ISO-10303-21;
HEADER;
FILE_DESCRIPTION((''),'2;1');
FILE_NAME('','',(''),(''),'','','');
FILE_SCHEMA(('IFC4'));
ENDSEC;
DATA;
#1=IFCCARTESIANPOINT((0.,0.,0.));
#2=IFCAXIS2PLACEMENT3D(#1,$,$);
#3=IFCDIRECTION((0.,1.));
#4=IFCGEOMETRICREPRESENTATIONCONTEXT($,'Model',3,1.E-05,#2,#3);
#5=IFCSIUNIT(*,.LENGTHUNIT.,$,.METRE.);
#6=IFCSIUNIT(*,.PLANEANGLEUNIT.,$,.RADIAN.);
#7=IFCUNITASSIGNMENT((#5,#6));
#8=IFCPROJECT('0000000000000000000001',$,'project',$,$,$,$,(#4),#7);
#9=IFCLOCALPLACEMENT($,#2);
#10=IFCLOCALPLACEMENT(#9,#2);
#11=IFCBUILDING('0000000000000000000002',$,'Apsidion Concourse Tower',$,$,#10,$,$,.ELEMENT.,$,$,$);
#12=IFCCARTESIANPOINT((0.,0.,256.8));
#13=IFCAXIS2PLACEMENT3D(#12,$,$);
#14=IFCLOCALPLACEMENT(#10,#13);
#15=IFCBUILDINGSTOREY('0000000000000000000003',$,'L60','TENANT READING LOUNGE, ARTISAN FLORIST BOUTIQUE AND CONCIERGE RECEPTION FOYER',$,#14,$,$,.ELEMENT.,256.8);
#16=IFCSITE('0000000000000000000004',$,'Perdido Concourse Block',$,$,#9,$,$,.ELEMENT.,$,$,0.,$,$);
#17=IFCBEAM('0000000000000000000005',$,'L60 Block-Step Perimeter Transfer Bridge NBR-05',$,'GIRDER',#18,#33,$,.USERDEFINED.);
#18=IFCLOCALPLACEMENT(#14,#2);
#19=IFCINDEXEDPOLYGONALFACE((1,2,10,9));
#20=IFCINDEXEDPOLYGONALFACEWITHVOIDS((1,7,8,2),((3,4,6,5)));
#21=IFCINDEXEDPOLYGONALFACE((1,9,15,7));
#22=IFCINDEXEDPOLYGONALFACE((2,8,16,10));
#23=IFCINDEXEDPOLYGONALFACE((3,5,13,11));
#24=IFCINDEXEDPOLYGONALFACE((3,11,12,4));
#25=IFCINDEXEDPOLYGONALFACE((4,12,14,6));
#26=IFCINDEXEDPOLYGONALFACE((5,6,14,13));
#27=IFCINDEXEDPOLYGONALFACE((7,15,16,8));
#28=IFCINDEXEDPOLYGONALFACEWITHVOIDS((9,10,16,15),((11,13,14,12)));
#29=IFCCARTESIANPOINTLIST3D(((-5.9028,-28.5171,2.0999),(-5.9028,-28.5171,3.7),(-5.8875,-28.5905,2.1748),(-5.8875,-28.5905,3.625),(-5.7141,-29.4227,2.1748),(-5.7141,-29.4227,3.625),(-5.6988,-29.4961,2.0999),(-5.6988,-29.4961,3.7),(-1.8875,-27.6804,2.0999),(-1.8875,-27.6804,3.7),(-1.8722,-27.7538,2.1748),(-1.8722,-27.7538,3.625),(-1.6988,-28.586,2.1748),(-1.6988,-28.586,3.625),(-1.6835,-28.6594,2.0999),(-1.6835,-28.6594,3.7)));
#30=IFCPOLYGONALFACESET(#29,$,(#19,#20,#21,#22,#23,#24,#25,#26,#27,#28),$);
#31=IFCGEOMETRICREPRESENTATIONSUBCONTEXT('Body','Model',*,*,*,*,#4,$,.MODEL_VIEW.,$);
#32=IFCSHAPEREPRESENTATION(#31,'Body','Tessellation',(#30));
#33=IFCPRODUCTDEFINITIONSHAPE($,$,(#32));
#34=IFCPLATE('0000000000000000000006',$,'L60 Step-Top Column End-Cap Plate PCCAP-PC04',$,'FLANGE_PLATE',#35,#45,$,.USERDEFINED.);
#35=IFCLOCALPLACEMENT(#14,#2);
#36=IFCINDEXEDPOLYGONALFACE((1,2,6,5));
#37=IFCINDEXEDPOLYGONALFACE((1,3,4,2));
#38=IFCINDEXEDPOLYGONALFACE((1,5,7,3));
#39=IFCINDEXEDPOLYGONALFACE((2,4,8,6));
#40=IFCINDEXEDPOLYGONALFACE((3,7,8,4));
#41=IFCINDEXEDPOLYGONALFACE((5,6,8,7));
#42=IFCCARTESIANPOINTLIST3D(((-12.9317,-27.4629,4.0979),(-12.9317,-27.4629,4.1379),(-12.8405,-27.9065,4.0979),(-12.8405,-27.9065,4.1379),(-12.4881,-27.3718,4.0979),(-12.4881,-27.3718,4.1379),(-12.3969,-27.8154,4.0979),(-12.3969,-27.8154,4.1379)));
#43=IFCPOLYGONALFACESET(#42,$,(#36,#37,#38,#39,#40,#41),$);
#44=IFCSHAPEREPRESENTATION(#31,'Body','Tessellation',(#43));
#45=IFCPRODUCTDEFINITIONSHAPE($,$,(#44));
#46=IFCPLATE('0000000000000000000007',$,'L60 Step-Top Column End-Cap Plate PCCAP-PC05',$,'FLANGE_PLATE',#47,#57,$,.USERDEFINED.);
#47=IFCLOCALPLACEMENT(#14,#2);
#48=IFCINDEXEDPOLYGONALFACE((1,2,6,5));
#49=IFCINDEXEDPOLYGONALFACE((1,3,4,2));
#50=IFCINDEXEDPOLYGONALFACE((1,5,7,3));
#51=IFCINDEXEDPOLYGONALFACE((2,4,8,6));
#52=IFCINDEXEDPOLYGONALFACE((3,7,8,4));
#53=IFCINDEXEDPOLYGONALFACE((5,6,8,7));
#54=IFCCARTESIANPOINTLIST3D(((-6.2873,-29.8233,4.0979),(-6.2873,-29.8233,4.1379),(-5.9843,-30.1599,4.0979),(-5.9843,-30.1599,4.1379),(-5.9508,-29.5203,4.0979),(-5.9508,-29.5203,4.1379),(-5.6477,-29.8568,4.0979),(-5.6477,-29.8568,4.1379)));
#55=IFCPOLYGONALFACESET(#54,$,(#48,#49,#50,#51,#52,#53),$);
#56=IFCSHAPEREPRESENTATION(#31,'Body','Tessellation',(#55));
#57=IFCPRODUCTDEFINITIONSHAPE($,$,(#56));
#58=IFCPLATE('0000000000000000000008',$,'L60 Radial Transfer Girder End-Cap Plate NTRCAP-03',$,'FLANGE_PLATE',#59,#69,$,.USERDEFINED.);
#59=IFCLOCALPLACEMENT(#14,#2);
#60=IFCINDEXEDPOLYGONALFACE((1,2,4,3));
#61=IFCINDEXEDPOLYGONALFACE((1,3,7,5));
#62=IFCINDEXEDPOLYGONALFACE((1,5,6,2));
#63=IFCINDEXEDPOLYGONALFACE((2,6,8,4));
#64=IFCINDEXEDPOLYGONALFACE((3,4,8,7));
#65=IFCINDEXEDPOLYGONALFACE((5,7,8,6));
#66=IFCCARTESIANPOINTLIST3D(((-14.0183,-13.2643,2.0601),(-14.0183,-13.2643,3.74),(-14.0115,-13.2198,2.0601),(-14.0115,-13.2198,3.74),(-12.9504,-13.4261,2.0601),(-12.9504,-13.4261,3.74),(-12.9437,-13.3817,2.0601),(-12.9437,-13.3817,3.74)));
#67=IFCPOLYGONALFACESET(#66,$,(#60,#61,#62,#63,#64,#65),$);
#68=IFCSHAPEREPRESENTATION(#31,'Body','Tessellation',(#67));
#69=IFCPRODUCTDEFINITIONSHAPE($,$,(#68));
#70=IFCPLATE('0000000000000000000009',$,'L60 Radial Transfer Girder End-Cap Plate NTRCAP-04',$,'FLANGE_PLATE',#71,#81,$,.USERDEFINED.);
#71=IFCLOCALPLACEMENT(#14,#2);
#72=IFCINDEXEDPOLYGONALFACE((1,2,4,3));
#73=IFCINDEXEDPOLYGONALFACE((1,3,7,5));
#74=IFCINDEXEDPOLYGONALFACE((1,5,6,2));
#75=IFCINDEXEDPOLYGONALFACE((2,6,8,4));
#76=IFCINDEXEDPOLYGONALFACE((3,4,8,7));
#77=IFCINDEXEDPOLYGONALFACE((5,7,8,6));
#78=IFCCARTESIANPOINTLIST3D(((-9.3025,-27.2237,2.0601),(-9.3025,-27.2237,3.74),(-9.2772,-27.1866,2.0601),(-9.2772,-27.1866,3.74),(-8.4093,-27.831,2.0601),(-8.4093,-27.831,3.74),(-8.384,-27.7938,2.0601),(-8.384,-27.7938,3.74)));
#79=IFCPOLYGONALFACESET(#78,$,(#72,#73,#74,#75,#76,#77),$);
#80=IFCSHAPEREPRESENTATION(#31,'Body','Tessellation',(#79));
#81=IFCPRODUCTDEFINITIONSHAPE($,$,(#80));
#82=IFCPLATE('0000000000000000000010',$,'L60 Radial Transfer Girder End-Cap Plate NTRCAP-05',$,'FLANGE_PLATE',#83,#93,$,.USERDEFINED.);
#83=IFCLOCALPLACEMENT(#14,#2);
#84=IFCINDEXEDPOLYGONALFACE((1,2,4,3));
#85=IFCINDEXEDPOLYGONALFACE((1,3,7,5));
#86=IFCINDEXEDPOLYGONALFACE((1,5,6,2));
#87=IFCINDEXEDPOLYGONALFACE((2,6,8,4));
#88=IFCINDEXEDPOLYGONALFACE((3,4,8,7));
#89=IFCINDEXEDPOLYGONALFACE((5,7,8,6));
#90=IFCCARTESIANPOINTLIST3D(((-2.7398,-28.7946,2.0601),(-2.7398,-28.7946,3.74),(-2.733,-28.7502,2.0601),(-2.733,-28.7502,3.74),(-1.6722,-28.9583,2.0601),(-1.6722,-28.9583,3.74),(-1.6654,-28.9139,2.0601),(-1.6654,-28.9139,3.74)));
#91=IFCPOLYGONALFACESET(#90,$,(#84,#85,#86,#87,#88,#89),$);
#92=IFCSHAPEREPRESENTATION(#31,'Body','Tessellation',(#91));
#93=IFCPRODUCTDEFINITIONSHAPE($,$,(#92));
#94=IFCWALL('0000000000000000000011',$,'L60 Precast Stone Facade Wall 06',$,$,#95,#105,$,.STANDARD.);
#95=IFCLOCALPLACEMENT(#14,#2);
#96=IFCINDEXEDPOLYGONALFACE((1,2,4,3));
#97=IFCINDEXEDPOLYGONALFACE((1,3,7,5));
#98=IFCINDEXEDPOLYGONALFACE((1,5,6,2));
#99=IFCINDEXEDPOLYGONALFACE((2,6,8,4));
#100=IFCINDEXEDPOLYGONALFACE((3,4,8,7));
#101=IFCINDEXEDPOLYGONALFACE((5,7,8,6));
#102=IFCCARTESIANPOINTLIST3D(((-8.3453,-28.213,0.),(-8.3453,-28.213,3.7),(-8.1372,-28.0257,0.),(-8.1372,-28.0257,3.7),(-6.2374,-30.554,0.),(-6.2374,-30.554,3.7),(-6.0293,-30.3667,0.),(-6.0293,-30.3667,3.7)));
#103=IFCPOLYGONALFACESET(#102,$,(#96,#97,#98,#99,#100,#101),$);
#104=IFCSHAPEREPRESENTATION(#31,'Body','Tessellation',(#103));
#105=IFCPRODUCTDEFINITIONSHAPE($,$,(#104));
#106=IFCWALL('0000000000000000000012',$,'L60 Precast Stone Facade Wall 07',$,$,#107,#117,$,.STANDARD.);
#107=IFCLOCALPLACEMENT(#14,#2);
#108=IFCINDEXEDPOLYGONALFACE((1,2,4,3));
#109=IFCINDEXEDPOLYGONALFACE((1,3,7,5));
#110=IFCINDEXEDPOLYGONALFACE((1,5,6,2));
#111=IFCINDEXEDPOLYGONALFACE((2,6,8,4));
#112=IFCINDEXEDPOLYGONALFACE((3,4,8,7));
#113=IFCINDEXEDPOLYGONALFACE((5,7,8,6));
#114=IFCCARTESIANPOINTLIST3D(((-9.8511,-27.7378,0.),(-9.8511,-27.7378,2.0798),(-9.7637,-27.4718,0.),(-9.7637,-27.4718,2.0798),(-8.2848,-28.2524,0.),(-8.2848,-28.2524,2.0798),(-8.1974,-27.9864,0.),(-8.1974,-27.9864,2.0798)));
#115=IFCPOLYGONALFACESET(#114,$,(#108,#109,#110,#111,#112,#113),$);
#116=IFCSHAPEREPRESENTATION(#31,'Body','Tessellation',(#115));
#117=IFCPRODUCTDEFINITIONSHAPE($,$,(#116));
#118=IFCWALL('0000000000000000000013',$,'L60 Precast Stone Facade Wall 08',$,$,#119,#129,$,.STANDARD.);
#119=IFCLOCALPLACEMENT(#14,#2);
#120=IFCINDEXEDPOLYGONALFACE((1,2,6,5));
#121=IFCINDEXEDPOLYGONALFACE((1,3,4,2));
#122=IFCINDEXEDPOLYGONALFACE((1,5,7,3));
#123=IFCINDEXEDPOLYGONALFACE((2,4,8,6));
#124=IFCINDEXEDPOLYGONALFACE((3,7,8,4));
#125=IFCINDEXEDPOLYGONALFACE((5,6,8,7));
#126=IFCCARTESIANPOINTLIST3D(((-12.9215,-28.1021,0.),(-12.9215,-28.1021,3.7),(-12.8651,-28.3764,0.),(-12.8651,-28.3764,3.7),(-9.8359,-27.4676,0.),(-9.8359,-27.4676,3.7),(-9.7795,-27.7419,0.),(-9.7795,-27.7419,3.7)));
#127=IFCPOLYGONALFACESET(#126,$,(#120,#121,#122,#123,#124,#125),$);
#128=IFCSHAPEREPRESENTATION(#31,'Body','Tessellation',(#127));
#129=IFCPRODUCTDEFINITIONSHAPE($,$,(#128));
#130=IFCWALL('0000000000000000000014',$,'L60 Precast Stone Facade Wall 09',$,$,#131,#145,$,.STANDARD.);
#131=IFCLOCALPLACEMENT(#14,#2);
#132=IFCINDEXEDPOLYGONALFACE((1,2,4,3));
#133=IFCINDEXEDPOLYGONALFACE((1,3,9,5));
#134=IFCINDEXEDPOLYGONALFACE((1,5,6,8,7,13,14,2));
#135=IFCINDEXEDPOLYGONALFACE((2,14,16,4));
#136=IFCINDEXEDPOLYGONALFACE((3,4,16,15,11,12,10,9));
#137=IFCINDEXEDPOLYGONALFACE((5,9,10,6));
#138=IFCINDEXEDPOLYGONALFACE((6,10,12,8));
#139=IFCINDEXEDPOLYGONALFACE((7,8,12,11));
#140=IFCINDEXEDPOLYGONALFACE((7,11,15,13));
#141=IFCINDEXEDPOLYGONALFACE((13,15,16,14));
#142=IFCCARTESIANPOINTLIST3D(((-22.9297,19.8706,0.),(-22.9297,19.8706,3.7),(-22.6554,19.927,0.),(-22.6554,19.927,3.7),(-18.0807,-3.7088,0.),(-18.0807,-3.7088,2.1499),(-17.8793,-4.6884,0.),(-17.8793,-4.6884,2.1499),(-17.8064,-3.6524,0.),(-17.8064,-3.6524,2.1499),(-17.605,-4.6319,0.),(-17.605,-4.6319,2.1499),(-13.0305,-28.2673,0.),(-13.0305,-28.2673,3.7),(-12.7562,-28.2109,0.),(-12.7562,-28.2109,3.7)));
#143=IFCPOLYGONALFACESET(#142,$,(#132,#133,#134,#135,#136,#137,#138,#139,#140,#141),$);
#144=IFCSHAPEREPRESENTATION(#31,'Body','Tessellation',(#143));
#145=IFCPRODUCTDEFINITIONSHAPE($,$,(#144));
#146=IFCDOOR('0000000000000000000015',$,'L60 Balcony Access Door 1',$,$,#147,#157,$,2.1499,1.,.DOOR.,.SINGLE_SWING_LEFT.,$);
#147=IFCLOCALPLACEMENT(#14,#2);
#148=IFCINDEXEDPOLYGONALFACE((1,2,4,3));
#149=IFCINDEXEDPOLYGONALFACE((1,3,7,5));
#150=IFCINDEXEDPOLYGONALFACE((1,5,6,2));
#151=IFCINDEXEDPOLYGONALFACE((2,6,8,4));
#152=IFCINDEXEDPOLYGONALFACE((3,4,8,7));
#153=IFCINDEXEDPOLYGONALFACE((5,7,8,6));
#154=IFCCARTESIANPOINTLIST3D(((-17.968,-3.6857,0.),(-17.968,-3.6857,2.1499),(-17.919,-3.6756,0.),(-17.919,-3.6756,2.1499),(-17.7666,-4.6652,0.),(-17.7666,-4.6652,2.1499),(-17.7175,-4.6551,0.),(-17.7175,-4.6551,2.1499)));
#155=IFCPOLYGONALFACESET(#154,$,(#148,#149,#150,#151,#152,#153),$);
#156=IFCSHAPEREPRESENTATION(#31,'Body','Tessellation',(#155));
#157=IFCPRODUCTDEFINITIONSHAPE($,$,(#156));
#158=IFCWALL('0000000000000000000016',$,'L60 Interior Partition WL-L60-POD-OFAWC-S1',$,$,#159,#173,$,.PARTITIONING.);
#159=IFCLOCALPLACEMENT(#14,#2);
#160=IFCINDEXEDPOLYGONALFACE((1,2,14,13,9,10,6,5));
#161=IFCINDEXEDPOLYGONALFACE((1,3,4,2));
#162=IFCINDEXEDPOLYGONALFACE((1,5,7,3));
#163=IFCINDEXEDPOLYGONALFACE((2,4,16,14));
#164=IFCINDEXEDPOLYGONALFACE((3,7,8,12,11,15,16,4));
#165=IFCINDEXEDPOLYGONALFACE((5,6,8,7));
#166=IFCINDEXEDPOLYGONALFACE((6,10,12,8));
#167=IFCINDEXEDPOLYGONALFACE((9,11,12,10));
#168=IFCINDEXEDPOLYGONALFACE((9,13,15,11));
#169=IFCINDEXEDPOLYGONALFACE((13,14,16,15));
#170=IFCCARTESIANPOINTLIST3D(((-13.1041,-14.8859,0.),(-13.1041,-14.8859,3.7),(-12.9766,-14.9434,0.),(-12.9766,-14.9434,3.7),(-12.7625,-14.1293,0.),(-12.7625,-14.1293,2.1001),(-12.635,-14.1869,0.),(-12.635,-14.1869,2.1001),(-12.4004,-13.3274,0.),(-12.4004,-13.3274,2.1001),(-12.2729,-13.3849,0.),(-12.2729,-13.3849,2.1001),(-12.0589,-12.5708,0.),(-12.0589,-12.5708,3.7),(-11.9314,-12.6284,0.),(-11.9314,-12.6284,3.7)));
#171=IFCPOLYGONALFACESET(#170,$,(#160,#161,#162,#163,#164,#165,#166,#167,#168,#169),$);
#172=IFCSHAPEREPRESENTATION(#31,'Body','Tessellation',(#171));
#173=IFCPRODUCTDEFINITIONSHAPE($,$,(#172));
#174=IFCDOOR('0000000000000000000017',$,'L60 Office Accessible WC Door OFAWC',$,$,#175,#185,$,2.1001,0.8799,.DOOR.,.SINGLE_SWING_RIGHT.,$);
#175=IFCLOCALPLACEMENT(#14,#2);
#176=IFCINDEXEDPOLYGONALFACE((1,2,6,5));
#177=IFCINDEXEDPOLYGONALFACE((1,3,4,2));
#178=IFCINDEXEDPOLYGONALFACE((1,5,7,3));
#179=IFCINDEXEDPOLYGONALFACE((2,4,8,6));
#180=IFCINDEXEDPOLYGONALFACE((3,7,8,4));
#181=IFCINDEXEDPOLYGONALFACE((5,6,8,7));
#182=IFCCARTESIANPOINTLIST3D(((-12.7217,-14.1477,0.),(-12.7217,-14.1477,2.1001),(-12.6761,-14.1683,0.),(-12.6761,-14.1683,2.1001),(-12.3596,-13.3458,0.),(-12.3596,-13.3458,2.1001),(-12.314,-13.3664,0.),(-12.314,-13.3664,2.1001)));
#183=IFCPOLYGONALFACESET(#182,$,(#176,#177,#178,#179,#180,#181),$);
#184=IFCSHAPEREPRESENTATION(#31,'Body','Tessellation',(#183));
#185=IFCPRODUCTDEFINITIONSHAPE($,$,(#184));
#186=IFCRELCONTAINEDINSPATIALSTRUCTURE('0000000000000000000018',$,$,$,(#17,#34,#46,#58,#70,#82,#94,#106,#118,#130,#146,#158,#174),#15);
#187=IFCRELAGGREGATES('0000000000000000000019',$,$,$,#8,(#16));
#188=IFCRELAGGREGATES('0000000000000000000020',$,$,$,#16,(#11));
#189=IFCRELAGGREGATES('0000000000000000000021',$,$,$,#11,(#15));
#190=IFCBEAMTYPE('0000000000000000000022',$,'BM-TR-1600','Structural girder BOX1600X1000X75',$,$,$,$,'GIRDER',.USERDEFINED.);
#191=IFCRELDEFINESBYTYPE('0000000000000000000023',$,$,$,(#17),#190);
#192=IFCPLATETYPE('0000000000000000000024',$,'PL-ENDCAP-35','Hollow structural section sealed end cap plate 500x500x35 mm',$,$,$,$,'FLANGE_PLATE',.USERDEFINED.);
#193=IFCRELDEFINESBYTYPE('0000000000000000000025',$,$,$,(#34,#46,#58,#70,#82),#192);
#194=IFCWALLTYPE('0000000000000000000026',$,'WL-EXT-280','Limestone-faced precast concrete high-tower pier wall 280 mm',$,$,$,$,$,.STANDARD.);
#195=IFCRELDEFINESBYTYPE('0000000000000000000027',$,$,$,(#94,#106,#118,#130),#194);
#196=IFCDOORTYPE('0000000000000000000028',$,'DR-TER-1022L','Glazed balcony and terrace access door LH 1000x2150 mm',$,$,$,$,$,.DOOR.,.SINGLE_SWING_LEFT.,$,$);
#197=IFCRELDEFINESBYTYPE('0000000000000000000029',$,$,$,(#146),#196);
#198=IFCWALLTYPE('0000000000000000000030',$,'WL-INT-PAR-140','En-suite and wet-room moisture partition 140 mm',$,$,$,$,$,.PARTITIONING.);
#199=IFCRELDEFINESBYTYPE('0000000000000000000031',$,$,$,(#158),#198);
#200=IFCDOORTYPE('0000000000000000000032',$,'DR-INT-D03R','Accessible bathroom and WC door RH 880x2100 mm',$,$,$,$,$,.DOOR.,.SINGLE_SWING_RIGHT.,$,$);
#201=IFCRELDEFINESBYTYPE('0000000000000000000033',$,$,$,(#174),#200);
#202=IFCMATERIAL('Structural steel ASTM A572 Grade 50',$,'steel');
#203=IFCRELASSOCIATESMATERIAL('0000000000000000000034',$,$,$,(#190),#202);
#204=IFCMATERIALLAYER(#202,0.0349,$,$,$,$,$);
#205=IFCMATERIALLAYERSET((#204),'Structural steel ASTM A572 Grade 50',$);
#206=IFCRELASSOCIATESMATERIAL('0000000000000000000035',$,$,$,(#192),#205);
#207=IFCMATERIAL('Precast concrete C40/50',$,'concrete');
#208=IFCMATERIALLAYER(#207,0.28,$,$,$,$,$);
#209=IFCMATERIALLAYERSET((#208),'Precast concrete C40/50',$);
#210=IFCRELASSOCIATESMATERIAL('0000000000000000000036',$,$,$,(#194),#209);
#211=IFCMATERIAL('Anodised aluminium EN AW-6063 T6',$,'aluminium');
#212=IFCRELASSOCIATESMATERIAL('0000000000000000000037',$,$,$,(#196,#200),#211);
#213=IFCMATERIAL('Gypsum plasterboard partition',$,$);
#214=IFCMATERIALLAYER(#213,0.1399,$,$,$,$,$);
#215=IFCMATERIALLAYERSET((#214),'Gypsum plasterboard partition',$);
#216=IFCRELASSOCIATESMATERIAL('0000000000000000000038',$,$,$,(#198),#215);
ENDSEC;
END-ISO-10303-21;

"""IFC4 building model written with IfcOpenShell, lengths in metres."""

from ifc_helpers import new_model, si_unit, direction, frame, frame_2d, origin, origin_2d, place, context, subcontext, project, spatial, rectangle, hollow_rectangle, extrude, material, layer, layer_set, material_profile, profile_set, type_object, element, fill, save


model = new_model("IFC4")

# Units and contexts
model_context = context("Model", 3, precision=1e-05, world=origin(), true_north=direction((0.0, 1.0)))
body_context = subcontext(model_context, "Body", "Model", "MODEL_VIEW")
ifc_project = project(units=[si_unit("LENGTHUNIT", "METRE"), si_unit("PLANEANGLEUNIT", "RADIAN")], contexts=[model_context])

# Site, building, storey
site_placement = place(None, origin())
site = spatial("IfcSite", under=ifc_project, at=site_placement, Name="Perdido Concourse Block", CompositionType="ELEMENT", RefElevation=0.0)
building_placement = place(site_placement, origin())
building = spatial("IfcBuilding", under=site, at=building_placement, Name="Apsidion Concourse Tower", CompositionType="ELEMENT")
storey_placement = place(building_placement, frame((0.0, 0.0, 256.8)))
storey = spatial("IfcBuildingStorey", under=building, at=storey_placement, Name="L60", Description="TENANT READING LOUNGE, ARTISAN FLORIST BOUTIQUE AND CONCIERGE RECEPTION FOYER", CompositionType="ELEMENT", Elevation=256.8)

# Beam
ifc_material_1 = material(Name="Structural steel ASTM A572 Grade 50", Category="steel")
ifc_material_profile_1 = material_profile(ifc_material_1, hollow_rectangle(XDim=1.0, YDim=1.6001, WallThickness=0.075, at=origin_2d()), Name="BOX1600X1000X75")
ifc_profile_set_1 = profile_set([ifc_material_profile_1], Name="Structural steel ASTM A572 Grade 50")
beam_type_1 = type_object("IfcBeamType", Name="BM-TR-1600", Description="Structural girder BOX1600X1000X75", ElementType="GIRDER", PredefinedType="USERDEFINED", material=ifc_profile_set_1)
beam_1_placement = place(storey_placement, frame((-5.8008, -29.0066, 2.8999), z_axis=(0.978974, 0.203985, 0.0), x_axis=(-0.203985, 0.978974, 0.0)))
element("IfcBeam", 1, at=beam_1_placement, inside=storey, type_object=beam_type_1, Name="L60 Block-Step Perimeter Transfer Bridge NBR-05", ObjectType="GIRDER", PredefinedType="USERDEFINED", context=body_context, shape_type="SweptSolid", body=[
    extrude(hollow_rectangle(XDim=1.0, YDim=1.6001, WallThickness=0.075, at=origin_2d()), origin(), (0.0, 0.0, 1.0), 4.1016),
])

# Plates
ifc_layer_1 = layer(ifc_material_1, 0.0349)
ifc_layer_set_1 = layer_set([ifc_layer_1], Name="Structural steel ASTM A572 Grade 50")
plate_type = type_object("IfcPlateType", Name="PL-ENDCAP-35", Description="Hollow structural section sealed end cap plate 500x500x35 mm", ElementType="FLANGE_PLATE", PredefinedType="USERDEFINED", material=ifc_layer_set_1)
for number, where, z_axis, x_axis, name in (
    (2, (-12.6643, -27.6392, 4.0979), (0.0, 0.0, 1.0), (-0.201249, 0.97954, 0.0), "L60 Step-Top Column End-Cap Plate PCCAP-PC04"),
    (3, (-5.9675, -29.8401, 4.0979), (0.0, 0.0, 1.0), (0.743145, 0.669131, 0.0), "L60 Step-Top Column End-Cap Plate PCCAP-PC05"),
):
    element("IfcPlate", number, at=place(storey_placement, frame(where, z_axis=z_axis, x_axis=x_axis)), inside=storey, type_object=plate_type, Name=name, ObjectType="FLANGE_PLATE", PredefinedType="USERDEFINED", context=body_context, shape_type="SweptSolid", body=[
        extrude(rectangle(XDim=0.4529, YDim=0.4529, at=origin_2d()), origin(), (0.0, 0.0, 1.0), 0.04),
    ])
for number, where, z_axis, x_axis, name in (
    (4, (-13.481, -13.323, 2.0601), (0.0, 0.0, 1.0), (-0.14988, -0.988704, 0.0), "L60 Radial Transfer Girder End-Cap Plate NTRCAP-03"),
    (5, (-8.8433, -27.5088, 2.0601), (0.0, 0.0, 1.0), (-0.562228, -0.826982, 0.0), "L60 Radial Transfer Girder End-Cap Plate NTRCAP-04"),
    (6, (-2.2026, -28.8542, 2.0601), (0.0, 0.0, 1.0), (-0.151606, -0.988441, 0.0), "L60 Radial Transfer Girder End-Cap Plate NTRCAP-05"),
):
    element("IfcPlate", number, at=place(storey_placement, frame(where, z_axis=z_axis, x_axis=x_axis)), inside=storey, type_object=plate_type, Name=name, ObjectType="FLANGE_PLATE", PredefinedType="USERDEFINED", context=body_context, shape_type="SweptSolid", body=[
        extrude(rectangle(XDim=0.0449, YDim=1.0801, at=origin_2d()), origin(), (0.0, 0.0, 1.0), 1.6799),
    ])

# Walls
ifc_material_2 = material(Name="Precast concrete C40/50", Category="concrete")
ifc_layer_2 = layer(ifc_material_2, 0.28)
ifc_layer_set_2 = layer_set([ifc_layer_2], Name="Precast concrete C40/50")
wall_type_1 = type_object("IfcWallType", Name="WL-EXT-280", Description="Limestone-faced precast concrete high-tower pier wall 280 mm", PredefinedType="STANDARD", material=ifc_layer_set_2)
wall_1_placement = place(storey_placement, frame((-6.1333, -30.4604, 0.0), z_axis=(0.0, 0.0, 1.0), x_axis=(-0.669132, 0.743144, 0.0)))
element("IfcWall", 7, at=wall_1_placement, inside=storey, type_object=wall_type_1, Name="L60 Precast Stone Facade Wall 06", PredefinedType="STANDARD", context=body_context, shape_type="SweptSolid", body=[
    extrude(rectangle(XDim=3.1501, YDim=0.28, at=frame_2d((1.5752, 0.0))), origin(), (0.0, 0.0, 1.0), 3.7),
])
wall_2_placement = place(storey_placement, frame((-8.2412, -28.1194, 0.0), z_axis=(0.0, 0.0, 1.0), x_axis=(-0.950037, 0.312138, 0.0)))
element("IfcWall", 8, at=wall_2_placement, inside=storey, type_object=wall_type_1, Name="L60 Precast Stone Facade Wall 07", PredefinedType="STANDARD", context=body_context, shape_type="SweptSolid", body=[
    extrude(rectangle(XDim=1.6487, YDim=0.28, at=frame_2d((0.8242, 0.0))), origin(), (0.0, 0.0, 1.0), 2.0798),
])
wall_3_placement = place(storey_placement, frame((-9.8076, -27.6047, 0.0), z_axis=(0.0, 0.0, 1.0), x_axis=(-0.979505, -0.201419, 0.0)))
element("IfcWall", 9, at=wall_3_placement, inside=storey, type_object=wall_type_1, Name="L60 Precast Stone Facade Wall 08", PredefinedType="STANDARD", context=body_context, shape_type="SweptSolid", body=[
    extrude(rectangle(XDim=3.1501, YDim=0.28, at=frame_2d((1.5752, 0.0))), origin(), (0.0, 0.0, 1.0), 3.7),
])

# Walls, openings, doors
wall_4_placement = place(storey_placement, frame((-12.8933, -28.2393, 0.0), z_axis=(0.0, 0.0, 1.0), x_axis=(-0.201427, 0.979504, 0.0)))
wall_4 = element("IfcWall", 10, at=wall_4_placement, inside=storey, type_object=wall_type_1, Name="L60 Precast Stone Facade Wall 09", PredefinedType="STANDARD", context=body_context, shape_type="SweptSolid", body=[
    extrude(rectangle(XDim=49.1453, YDim=0.28, at=frame_2d((24.5728, 0.0))), origin(), (0.0, 0.0, 1.0), 3.7),
])
opening_1_placement = place(wall_4_placement, frame((24.0725, 0.0, 0.0)))
opening_1 = element("IfcOpeningElement", 11, at=opening_1_placement, cuts=wall_4, PredefinedType="OPENING", context=body_context, shape_type="SweptSolid", body=[
    extrude(rectangle(XDim=1.0, YDim=2.1499, at=frame_2d((0.5, 1.075))), frame((0.0, 0.1499, 0.0), z_axis=(0.0, -1.0, 0.0), x_axis=(1.0, 0.0, 0.0)), (0.0, 0.0, 1.0), 0.3),
])
ifc_material_3 = material(Name="Anodised aluminium EN AW-6063 T6", Category="aluminium")
door_type_1 = type_object("IfcDoorType", Name="DR-TER-1022L", Description="Glazed balcony and terrace access door LH 1000x2150 mm", OperationType="SINGLE_SWING_LEFT", PredefinedType="DOOR", material=ifc_material_3)
door_1_placement = place(opening_1_placement, origin())
door_1 = element("IfcDoor", 12, at=door_1_placement, inside=storey, type_object=door_type_1, Name="L60 Balcony Access Door 1", OperationType="SINGLE_SWING_LEFT", OverallHeight=2.1499, OverallWidth=1.0, PredefinedType="DOOR", context=body_context, shape_type="SweptSolid", body=[
    extrude(rectangle(XDim=1.0, YDim=2.1499, at=frame_2d((0.5, 1.075))), frame((0.0, 0.0249, 0.0), z_axis=(0.0, -1.0, 0.0), x_axis=(1.0, 0.0, 0.0)), (0.0, 0.0, 1.0), 0.05),
])
fill(opening_1, door_1)
ifc_material_4 = material(Name="Gypsum plasterboard partition")
ifc_layer_3 = layer(ifc_material_4, 0.1399)
ifc_layer_set_3 = layer_set([ifc_layer_3], Name="Gypsum plasterboard partition")
wall_type_2 = type_object("IfcWallType", Name="WL-INT-PAR-140", Description="En-suite and wet-room moisture partition 140 mm", PredefinedType="PARTITIONING", material=ifc_layer_set_3)
wall_5_placement = place(storey_placement, frame((-11.9951, -12.5996, 0.0), z_axis=(0.0, 0.0, 1.0), x_axis=(-0.411491, -0.911414, 0.0)))
wall_5 = element("IfcWall", 13, at=wall_5_placement, inside=storey, type_object=wall_type_2, Name="L60 Interior Partition WL-L60-POD-OFAWC-S1", PredefinedType="PARTITIONING", context=body_context, shape_type="SweptSolid", body=[
    extrude(rectangle(XDim=2.54, YDim=0.1399, at=frame_2d((1.27, 0.0))), origin(), (0.0, 0.0, 1.0), 3.7),
])
opening_2_placement = place(wall_5_placement, frame((0.8301, 0.0, 0.0)))
opening_2 = element("IfcOpeningElement", 14, at=opening_2_placement, cuts=wall_5, PredefinedType="OPENING", context=body_context, shape_type="SweptSolid", body=[
    extrude(rectangle(XDim=0.8799, YDim=2.1001, at=frame_2d((0.4399, 1.05))), frame((0.0, 0.0801, 0.0), z_axis=(0.0, -1.0, 0.0), x_axis=(1.0, 0.0, 0.0)), (0.0, 0.0, 1.0), 0.1599),
])
door_type_2 = type_object("IfcDoorType", Name="DR-INT-D03R", Description="Accessible bathroom and WC door RH 880x2100 mm", OperationType="SINGLE_SWING_RIGHT", PredefinedType="DOOR", material=ifc_material_3)
door_2_placement = place(opening_2_placement, origin())
door_2 = element("IfcDoor", 15, at=door_2_placement, inside=storey, type_object=door_type_2, Name="L60 Office Accessible WC Door OFAWC", OperationType="SINGLE_SWING_RIGHT", OverallHeight=2.1001, OverallWidth=0.8799, PredefinedType="DOOR", context=body_context, shape_type="SweptSolid", body=[
    extrude(rectangle(XDim=0.8799, YDim=2.1001, at=frame_2d((0.4399, 1.05))), frame((0.0, 0.0249, 0.0), z_axis=(0.0, -1.0, 0.0), x_axis=(1.0, 0.0, 0.0)), (0.0, 0.0, 1.0), 0.05),
])
fill(opening_2, door_2)

save(model, "model.ifc")
